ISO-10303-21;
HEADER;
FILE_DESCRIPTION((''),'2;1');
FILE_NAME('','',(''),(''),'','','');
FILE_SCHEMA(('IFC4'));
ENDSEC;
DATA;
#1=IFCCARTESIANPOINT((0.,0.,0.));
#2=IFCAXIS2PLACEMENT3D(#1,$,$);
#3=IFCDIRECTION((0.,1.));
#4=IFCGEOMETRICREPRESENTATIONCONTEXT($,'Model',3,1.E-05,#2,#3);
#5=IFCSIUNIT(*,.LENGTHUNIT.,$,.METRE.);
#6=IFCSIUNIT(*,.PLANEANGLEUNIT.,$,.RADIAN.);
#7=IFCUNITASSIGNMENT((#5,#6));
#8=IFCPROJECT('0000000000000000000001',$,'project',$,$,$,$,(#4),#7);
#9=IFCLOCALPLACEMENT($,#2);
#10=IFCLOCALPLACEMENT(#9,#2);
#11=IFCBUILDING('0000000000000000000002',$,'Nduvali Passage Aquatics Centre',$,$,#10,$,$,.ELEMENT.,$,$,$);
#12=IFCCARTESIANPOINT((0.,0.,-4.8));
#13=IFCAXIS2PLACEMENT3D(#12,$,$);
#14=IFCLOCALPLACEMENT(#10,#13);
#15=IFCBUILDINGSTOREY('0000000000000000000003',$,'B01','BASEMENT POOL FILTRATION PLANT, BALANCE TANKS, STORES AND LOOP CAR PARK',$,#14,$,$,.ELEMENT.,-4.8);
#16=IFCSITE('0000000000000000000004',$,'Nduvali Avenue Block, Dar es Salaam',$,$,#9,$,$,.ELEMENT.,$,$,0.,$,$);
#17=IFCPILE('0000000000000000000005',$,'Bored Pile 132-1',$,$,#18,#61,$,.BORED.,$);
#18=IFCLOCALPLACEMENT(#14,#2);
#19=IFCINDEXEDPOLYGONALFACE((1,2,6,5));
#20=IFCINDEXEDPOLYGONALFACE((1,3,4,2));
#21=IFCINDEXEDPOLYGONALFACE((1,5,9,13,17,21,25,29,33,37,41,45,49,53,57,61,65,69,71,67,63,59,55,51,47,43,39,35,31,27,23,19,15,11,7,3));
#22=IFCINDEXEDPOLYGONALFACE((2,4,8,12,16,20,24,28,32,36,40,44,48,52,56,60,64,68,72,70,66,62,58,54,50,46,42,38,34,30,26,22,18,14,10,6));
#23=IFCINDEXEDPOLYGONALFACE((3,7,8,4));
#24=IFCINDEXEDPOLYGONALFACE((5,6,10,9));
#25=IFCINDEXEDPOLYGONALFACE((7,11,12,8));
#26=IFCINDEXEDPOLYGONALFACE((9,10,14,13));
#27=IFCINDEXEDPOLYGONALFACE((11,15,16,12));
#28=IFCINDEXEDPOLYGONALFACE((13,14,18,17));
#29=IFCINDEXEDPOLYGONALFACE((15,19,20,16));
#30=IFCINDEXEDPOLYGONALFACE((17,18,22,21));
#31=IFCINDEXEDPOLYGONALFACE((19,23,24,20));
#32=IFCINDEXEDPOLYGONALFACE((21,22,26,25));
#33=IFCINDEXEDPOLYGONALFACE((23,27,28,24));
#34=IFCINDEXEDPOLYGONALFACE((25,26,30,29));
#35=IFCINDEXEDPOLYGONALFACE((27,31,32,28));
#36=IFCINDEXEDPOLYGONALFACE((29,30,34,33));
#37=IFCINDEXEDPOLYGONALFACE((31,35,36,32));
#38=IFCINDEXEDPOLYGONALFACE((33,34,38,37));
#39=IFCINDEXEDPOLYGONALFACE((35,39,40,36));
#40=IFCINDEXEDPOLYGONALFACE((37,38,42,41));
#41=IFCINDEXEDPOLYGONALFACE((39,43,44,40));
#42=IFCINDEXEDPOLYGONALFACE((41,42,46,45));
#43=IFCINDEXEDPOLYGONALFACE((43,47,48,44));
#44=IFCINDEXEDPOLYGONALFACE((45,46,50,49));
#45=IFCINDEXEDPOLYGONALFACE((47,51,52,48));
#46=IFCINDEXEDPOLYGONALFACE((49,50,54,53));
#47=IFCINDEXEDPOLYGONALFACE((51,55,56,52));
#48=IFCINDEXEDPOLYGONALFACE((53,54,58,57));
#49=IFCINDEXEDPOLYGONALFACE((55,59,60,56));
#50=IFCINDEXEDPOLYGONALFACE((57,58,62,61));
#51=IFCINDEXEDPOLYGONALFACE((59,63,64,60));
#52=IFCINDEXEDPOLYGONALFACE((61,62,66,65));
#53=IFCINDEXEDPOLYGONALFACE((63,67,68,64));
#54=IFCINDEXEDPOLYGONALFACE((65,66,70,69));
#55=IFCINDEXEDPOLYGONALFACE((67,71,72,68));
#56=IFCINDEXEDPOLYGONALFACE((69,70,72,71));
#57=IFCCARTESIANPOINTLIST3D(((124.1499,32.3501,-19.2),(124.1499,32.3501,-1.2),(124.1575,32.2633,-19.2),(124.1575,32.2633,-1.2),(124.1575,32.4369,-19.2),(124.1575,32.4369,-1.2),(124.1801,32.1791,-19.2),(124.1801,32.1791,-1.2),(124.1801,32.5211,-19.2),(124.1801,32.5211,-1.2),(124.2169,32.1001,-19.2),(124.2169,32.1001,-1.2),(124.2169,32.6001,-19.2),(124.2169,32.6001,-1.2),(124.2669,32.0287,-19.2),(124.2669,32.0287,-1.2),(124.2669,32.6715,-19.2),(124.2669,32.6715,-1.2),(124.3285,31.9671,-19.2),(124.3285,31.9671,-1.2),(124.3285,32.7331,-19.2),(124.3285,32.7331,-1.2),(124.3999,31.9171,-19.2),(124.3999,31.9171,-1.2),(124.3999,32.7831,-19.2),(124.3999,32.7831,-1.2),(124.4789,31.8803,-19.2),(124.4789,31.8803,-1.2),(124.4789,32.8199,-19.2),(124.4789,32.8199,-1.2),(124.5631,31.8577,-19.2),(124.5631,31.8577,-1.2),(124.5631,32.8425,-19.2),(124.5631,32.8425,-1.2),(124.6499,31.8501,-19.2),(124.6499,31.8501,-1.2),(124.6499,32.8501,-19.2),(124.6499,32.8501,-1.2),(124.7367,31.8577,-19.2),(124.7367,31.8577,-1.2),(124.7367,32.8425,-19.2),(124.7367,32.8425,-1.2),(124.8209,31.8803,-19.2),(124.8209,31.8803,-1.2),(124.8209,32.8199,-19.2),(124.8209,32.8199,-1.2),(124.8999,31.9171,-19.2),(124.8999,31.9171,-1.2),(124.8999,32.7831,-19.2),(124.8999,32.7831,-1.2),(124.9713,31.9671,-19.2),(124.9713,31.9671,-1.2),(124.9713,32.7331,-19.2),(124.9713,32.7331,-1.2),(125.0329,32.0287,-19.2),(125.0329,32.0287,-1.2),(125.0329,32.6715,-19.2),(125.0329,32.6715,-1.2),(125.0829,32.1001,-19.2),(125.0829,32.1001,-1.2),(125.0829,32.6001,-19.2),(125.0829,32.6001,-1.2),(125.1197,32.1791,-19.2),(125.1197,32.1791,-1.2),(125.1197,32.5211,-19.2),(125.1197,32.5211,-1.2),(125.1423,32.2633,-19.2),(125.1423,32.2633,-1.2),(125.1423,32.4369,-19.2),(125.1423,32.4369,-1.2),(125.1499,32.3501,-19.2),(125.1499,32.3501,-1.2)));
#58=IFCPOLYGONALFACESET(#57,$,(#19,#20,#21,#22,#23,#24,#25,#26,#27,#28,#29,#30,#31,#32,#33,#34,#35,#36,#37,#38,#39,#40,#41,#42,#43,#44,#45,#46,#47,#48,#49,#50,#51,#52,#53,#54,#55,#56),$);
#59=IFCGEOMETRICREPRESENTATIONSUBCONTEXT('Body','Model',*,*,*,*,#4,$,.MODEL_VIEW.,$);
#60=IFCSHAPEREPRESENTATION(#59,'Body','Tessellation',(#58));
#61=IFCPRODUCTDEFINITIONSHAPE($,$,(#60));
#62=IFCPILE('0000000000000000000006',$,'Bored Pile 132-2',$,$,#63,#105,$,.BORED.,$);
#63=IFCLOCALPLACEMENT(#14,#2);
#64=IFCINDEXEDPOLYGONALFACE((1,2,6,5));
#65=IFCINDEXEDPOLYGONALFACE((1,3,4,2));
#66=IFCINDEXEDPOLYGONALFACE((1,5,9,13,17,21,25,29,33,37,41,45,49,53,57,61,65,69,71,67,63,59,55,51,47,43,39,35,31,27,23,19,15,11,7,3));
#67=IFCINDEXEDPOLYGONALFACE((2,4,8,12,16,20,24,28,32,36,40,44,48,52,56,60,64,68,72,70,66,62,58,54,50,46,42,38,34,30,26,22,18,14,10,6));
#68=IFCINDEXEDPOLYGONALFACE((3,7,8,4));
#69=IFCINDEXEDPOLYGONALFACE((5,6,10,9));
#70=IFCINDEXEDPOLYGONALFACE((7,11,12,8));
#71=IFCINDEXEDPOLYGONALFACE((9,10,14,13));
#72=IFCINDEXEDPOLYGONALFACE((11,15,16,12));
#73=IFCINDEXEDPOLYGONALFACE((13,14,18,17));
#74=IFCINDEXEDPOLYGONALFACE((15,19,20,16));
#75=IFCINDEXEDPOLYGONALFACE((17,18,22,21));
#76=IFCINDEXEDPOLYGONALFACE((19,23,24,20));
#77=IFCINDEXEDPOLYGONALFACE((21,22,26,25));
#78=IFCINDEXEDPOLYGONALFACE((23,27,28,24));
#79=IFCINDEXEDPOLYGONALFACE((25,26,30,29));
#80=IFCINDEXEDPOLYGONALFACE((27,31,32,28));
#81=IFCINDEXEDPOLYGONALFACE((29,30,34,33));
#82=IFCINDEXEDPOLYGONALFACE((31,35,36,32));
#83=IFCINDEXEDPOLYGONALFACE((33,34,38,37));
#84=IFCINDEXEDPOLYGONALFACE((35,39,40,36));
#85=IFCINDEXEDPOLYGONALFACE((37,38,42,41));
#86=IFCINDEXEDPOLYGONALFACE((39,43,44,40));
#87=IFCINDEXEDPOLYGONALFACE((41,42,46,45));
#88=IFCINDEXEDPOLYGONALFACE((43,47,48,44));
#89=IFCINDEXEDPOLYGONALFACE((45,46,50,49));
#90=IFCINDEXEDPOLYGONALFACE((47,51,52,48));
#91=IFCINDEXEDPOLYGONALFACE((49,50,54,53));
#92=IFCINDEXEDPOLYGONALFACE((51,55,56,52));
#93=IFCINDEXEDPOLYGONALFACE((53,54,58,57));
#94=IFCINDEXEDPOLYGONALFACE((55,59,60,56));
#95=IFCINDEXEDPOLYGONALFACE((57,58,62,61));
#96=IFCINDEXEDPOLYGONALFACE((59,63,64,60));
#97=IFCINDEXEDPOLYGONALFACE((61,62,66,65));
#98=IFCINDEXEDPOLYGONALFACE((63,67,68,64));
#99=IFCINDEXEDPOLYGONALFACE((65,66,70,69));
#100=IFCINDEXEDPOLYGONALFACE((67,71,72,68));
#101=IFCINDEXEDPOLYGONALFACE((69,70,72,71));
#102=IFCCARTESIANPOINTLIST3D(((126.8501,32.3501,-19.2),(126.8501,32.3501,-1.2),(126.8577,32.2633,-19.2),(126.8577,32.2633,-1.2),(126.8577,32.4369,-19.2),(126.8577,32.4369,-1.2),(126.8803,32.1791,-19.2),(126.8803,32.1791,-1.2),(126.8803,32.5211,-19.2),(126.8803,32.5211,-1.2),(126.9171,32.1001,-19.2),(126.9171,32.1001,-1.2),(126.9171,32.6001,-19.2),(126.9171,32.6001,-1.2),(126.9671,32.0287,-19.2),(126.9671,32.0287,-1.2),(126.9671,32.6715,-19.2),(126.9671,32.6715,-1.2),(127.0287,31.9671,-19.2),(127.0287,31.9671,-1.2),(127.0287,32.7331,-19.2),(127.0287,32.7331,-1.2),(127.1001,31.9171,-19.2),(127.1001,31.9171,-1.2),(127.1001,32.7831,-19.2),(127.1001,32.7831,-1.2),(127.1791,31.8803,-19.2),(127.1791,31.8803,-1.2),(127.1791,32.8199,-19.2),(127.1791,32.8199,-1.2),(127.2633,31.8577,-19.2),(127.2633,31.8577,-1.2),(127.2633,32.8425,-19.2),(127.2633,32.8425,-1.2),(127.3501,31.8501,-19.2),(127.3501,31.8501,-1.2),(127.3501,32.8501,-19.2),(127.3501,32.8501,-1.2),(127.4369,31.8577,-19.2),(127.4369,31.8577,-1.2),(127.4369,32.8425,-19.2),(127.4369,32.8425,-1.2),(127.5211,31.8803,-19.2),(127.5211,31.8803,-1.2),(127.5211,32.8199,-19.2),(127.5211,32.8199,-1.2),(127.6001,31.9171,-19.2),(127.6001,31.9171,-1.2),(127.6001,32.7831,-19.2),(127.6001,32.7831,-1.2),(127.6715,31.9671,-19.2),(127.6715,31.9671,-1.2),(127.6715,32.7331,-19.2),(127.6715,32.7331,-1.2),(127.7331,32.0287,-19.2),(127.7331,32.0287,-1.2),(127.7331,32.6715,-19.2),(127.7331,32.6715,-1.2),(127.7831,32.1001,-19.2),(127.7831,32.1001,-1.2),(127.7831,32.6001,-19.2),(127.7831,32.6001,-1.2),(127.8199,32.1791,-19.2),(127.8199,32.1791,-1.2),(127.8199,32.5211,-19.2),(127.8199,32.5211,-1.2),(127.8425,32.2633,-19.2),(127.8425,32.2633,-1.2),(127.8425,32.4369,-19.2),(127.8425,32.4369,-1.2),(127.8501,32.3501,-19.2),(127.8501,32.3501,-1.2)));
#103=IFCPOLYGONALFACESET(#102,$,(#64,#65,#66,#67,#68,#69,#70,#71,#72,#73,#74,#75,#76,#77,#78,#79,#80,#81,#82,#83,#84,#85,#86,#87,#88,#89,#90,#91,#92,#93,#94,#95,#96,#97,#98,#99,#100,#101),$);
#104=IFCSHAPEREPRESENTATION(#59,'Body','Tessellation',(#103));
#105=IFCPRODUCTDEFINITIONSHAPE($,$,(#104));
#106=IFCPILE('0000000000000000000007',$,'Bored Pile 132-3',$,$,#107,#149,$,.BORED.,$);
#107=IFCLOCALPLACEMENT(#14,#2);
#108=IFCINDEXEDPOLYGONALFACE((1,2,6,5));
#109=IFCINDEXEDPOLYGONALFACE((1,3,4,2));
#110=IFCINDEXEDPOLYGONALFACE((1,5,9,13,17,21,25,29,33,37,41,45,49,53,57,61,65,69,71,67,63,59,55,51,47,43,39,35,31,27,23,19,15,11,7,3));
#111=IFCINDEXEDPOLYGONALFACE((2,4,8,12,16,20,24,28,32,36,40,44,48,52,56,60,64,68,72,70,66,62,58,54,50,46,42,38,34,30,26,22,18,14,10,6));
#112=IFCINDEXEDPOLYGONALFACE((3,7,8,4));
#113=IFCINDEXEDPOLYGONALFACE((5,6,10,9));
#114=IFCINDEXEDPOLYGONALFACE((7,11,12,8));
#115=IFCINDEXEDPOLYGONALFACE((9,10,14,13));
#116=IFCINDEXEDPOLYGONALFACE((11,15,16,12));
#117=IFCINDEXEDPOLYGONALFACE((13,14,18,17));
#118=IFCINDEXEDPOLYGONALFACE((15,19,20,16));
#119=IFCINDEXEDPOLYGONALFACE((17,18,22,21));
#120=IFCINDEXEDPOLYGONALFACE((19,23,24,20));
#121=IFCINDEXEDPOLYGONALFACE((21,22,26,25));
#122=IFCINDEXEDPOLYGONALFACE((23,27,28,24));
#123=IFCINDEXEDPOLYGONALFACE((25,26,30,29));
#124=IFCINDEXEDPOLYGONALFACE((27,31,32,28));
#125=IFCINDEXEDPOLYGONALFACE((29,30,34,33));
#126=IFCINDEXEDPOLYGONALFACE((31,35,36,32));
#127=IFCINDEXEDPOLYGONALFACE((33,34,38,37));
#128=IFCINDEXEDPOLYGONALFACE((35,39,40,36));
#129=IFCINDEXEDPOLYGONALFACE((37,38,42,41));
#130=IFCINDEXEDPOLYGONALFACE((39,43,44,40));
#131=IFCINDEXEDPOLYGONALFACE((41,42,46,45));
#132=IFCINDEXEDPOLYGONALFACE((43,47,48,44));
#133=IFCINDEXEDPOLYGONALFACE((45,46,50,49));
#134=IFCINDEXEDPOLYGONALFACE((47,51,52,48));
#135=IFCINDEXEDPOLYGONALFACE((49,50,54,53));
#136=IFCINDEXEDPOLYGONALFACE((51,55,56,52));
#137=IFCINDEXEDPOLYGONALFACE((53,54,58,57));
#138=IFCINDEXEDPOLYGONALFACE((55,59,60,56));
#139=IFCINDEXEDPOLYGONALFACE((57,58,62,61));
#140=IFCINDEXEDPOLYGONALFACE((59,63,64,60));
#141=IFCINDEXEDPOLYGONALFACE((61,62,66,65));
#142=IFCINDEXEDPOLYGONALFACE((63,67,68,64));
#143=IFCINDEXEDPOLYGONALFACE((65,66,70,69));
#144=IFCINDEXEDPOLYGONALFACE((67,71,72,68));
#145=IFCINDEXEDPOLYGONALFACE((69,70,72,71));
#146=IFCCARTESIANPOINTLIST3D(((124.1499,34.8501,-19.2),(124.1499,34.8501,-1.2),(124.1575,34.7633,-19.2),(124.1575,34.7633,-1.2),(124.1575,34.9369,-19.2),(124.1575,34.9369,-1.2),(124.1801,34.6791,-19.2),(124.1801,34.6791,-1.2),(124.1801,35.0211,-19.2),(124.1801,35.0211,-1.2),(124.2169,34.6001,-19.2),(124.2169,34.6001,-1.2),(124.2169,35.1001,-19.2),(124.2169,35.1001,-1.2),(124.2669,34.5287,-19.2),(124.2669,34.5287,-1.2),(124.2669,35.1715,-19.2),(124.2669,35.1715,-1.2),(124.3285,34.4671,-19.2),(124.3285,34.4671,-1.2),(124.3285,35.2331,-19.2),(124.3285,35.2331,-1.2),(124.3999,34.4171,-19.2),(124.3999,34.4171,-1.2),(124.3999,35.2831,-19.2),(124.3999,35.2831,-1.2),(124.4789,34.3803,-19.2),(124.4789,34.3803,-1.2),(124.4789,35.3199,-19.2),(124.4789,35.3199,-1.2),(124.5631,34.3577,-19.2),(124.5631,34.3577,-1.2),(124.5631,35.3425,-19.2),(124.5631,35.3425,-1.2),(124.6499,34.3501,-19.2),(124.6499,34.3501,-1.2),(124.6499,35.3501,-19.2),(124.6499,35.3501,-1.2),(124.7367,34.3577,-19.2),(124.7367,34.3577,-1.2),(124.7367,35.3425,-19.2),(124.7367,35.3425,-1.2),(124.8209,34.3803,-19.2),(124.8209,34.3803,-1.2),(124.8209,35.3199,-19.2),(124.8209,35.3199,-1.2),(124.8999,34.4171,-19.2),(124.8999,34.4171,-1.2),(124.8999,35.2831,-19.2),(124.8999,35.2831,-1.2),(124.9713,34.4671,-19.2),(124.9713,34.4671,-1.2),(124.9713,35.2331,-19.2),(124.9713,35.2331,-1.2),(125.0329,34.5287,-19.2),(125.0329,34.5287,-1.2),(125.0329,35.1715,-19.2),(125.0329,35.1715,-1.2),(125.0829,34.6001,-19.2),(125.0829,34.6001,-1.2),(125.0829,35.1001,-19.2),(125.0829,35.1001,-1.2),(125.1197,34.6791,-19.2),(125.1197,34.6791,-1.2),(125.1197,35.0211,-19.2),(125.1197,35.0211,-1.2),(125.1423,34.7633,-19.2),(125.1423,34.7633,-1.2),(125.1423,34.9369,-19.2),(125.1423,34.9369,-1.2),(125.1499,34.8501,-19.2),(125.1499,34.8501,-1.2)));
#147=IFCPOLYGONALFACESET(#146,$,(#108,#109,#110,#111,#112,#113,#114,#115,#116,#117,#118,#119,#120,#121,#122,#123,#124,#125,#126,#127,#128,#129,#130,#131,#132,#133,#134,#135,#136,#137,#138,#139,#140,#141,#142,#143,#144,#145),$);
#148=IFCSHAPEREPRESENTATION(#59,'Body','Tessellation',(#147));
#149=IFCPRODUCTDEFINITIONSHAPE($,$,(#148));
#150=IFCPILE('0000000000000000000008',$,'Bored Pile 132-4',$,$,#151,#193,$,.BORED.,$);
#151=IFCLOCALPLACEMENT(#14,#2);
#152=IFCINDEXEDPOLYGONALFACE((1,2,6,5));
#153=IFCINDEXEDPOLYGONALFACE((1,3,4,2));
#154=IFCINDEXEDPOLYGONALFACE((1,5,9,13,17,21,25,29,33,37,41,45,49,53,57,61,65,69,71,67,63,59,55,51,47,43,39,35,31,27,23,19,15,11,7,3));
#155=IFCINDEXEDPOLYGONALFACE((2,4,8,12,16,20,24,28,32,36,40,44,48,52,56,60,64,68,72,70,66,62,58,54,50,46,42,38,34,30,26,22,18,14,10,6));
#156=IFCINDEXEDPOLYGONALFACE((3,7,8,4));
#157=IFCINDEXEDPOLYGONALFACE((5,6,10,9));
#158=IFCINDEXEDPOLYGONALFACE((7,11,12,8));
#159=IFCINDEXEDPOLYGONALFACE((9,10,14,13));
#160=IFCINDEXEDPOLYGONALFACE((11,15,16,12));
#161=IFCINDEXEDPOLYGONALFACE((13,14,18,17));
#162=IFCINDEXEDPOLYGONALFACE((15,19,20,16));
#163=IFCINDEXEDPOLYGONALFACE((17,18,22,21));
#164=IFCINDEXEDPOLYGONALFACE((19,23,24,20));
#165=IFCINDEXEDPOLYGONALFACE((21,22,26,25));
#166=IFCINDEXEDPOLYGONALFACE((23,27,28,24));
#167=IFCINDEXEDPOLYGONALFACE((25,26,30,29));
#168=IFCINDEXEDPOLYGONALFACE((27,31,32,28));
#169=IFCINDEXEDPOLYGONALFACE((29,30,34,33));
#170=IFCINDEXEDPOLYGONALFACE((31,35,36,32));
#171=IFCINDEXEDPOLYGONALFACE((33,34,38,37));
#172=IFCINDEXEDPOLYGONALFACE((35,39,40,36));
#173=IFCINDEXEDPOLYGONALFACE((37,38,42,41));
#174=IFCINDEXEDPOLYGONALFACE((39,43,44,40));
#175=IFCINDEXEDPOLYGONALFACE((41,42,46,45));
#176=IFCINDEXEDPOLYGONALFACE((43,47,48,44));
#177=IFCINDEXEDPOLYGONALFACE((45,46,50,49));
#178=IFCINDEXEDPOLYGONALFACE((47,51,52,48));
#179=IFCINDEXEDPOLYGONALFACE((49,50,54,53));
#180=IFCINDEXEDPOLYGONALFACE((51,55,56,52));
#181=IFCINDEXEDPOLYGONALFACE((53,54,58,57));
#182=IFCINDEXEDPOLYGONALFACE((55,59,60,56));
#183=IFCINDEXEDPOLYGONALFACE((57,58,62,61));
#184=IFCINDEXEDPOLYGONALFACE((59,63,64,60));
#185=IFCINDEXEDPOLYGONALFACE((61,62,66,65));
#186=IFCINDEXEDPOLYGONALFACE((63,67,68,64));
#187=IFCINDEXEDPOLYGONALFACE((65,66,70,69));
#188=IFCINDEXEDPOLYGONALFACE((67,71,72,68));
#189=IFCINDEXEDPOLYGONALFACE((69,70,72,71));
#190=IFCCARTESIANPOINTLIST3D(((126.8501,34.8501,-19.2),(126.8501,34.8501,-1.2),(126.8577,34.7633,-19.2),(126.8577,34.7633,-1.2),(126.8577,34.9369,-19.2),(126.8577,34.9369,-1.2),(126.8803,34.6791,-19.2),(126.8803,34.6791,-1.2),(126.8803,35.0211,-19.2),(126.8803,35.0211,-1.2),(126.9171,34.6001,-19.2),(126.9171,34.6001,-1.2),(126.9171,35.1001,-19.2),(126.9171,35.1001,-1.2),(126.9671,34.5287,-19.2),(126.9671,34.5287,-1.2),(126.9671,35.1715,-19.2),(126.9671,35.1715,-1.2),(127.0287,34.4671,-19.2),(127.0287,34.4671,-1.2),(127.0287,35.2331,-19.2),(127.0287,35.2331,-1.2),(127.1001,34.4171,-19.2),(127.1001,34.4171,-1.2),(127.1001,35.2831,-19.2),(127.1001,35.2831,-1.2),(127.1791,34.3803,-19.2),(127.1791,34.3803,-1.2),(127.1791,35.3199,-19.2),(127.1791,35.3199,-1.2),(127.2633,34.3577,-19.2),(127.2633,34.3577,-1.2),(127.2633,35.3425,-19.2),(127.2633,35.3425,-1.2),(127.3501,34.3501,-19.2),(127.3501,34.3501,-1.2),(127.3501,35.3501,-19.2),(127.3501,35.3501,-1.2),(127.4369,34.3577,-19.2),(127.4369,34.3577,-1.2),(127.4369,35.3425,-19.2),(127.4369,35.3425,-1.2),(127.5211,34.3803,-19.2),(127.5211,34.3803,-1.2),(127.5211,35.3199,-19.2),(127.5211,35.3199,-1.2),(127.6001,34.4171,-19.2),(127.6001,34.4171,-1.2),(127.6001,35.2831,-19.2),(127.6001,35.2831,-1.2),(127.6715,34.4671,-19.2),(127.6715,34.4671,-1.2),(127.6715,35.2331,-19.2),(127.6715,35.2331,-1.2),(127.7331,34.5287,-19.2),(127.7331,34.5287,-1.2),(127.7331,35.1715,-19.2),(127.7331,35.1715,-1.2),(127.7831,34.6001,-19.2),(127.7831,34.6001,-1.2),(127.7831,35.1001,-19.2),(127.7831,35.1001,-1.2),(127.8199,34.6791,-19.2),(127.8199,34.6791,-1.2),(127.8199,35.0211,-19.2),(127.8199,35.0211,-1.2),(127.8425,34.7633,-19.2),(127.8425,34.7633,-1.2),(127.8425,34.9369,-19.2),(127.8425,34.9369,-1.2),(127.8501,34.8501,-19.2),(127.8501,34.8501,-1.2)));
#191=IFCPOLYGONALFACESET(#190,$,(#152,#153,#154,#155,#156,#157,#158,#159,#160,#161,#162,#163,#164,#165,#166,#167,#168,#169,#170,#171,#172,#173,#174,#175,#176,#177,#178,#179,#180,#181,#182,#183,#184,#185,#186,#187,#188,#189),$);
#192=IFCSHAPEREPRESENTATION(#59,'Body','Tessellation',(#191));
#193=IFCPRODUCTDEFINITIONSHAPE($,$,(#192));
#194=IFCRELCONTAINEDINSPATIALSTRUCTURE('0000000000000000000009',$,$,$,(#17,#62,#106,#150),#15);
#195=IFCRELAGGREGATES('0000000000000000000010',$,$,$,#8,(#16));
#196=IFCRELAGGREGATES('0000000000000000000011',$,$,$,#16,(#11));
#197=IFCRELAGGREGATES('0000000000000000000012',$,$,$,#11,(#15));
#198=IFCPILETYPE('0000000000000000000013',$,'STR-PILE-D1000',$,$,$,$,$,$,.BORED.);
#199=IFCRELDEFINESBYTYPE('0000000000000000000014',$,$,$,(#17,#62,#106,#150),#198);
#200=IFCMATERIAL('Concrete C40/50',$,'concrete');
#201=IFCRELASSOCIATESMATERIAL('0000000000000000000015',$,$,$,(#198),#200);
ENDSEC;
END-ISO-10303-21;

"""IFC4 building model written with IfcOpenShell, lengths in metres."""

from ifc_helpers import new_model, si_unit, direction, frame, origin, origin_2d, place, context, subcontext, project, spatial, circle, extrude, material, material_profile, profile_set, type_object, element, save


model = new_model("IFC4")

# Units and contexts
model_context = context("Model", 3, precision=1e-05, world=origin(), true_north=direction((0.0, 1.0)))
body_context = subcontext(model_context, "Body", "Model", "MODEL_VIEW")
ifc_project = project(units=[si_unit("LENGTHUNIT", "METRE"), si_unit("PLANEANGLEUNIT", "RADIAN")], contexts=[model_context])

# Site, building, storey
site_placement = place(None, origin())
site = spatial("IfcSite", under=ifc_project, at=site_placement, Name="Nduvali Avenue Block, Dar es Salaam", CompositionType="ELEMENT", RefElevation=0.0)
building_placement = place(site_placement, origin())
building = spatial("IfcBuilding", under=site, at=building_placement, Name="Nduvali Passage Aquatics Centre", CompositionType="ELEMENT")
storey_placement = place(building_placement, frame((0.0, 0.0, -4.8)))
storey = spatial("IfcBuildingStorey", under=building, at=storey_placement, Name="B01", Description="BASEMENT POOL FILTRATION PLANT, BALANCE TANKS, STORES AND LOOP CAR PARK", CompositionType="ELEMENT", Elevation=-4.8)

# Shared definitions
ifc_material = material(Name="Concrete C40/50", Category="concrete")

# Piles
ifc_material_profile_1 = material_profile(ifc_material, circle(Radius=0.5, at=origin_2d()), Name="PILE D1000")
ifc_profile_set_1 = profile_set([ifc_material_profile_1], Name="Concrete C40/50")
pile_type_1 = type_object("IfcPileType", Name="STR-PILE-D1000", PredefinedType="BORED", material=ifc_profile_set_1)
for number, where, z_axis, x_axis, name in (
    (1, (124.6499, 32.3501, -1.2), (0.0, 0.0, -1.0), (1.0, 0.0, 0.0), "Bored Pile 132-1"),
    (2, (127.3501, 32.3501, -1.2), (0.0, 0.0, -1.0), (1.0, 0.0, 0.0), "Bored Pile 132-2"),
    (3, (124.6499, 34.8501, -1.2), (0.0, 0.0, -1.0), (1.0, 0.0, 0.0), "Bored Pile 132-3"),
    (4, (127.3501, 34.8501, -1.2), (0.0, 0.0, -1.0), (1.0, 0.0, 0.0), "Bored Pile 132-4"),
):
    element("IfcPile", number, at=place(storey_placement, frame(where, z_axis=z_axis, x_axis=x_axis)), inside=storey, type_object=pile_type_1, Name=name, PredefinedType="BORED", context=body_context, shape_type="SweptSolid", body=[
        extrude(circle(Radius=0.5, at=origin_2d()), origin(), (0.0, 0.0, 1.0), 18.0),
    ])

save(model, "model.ifc")
